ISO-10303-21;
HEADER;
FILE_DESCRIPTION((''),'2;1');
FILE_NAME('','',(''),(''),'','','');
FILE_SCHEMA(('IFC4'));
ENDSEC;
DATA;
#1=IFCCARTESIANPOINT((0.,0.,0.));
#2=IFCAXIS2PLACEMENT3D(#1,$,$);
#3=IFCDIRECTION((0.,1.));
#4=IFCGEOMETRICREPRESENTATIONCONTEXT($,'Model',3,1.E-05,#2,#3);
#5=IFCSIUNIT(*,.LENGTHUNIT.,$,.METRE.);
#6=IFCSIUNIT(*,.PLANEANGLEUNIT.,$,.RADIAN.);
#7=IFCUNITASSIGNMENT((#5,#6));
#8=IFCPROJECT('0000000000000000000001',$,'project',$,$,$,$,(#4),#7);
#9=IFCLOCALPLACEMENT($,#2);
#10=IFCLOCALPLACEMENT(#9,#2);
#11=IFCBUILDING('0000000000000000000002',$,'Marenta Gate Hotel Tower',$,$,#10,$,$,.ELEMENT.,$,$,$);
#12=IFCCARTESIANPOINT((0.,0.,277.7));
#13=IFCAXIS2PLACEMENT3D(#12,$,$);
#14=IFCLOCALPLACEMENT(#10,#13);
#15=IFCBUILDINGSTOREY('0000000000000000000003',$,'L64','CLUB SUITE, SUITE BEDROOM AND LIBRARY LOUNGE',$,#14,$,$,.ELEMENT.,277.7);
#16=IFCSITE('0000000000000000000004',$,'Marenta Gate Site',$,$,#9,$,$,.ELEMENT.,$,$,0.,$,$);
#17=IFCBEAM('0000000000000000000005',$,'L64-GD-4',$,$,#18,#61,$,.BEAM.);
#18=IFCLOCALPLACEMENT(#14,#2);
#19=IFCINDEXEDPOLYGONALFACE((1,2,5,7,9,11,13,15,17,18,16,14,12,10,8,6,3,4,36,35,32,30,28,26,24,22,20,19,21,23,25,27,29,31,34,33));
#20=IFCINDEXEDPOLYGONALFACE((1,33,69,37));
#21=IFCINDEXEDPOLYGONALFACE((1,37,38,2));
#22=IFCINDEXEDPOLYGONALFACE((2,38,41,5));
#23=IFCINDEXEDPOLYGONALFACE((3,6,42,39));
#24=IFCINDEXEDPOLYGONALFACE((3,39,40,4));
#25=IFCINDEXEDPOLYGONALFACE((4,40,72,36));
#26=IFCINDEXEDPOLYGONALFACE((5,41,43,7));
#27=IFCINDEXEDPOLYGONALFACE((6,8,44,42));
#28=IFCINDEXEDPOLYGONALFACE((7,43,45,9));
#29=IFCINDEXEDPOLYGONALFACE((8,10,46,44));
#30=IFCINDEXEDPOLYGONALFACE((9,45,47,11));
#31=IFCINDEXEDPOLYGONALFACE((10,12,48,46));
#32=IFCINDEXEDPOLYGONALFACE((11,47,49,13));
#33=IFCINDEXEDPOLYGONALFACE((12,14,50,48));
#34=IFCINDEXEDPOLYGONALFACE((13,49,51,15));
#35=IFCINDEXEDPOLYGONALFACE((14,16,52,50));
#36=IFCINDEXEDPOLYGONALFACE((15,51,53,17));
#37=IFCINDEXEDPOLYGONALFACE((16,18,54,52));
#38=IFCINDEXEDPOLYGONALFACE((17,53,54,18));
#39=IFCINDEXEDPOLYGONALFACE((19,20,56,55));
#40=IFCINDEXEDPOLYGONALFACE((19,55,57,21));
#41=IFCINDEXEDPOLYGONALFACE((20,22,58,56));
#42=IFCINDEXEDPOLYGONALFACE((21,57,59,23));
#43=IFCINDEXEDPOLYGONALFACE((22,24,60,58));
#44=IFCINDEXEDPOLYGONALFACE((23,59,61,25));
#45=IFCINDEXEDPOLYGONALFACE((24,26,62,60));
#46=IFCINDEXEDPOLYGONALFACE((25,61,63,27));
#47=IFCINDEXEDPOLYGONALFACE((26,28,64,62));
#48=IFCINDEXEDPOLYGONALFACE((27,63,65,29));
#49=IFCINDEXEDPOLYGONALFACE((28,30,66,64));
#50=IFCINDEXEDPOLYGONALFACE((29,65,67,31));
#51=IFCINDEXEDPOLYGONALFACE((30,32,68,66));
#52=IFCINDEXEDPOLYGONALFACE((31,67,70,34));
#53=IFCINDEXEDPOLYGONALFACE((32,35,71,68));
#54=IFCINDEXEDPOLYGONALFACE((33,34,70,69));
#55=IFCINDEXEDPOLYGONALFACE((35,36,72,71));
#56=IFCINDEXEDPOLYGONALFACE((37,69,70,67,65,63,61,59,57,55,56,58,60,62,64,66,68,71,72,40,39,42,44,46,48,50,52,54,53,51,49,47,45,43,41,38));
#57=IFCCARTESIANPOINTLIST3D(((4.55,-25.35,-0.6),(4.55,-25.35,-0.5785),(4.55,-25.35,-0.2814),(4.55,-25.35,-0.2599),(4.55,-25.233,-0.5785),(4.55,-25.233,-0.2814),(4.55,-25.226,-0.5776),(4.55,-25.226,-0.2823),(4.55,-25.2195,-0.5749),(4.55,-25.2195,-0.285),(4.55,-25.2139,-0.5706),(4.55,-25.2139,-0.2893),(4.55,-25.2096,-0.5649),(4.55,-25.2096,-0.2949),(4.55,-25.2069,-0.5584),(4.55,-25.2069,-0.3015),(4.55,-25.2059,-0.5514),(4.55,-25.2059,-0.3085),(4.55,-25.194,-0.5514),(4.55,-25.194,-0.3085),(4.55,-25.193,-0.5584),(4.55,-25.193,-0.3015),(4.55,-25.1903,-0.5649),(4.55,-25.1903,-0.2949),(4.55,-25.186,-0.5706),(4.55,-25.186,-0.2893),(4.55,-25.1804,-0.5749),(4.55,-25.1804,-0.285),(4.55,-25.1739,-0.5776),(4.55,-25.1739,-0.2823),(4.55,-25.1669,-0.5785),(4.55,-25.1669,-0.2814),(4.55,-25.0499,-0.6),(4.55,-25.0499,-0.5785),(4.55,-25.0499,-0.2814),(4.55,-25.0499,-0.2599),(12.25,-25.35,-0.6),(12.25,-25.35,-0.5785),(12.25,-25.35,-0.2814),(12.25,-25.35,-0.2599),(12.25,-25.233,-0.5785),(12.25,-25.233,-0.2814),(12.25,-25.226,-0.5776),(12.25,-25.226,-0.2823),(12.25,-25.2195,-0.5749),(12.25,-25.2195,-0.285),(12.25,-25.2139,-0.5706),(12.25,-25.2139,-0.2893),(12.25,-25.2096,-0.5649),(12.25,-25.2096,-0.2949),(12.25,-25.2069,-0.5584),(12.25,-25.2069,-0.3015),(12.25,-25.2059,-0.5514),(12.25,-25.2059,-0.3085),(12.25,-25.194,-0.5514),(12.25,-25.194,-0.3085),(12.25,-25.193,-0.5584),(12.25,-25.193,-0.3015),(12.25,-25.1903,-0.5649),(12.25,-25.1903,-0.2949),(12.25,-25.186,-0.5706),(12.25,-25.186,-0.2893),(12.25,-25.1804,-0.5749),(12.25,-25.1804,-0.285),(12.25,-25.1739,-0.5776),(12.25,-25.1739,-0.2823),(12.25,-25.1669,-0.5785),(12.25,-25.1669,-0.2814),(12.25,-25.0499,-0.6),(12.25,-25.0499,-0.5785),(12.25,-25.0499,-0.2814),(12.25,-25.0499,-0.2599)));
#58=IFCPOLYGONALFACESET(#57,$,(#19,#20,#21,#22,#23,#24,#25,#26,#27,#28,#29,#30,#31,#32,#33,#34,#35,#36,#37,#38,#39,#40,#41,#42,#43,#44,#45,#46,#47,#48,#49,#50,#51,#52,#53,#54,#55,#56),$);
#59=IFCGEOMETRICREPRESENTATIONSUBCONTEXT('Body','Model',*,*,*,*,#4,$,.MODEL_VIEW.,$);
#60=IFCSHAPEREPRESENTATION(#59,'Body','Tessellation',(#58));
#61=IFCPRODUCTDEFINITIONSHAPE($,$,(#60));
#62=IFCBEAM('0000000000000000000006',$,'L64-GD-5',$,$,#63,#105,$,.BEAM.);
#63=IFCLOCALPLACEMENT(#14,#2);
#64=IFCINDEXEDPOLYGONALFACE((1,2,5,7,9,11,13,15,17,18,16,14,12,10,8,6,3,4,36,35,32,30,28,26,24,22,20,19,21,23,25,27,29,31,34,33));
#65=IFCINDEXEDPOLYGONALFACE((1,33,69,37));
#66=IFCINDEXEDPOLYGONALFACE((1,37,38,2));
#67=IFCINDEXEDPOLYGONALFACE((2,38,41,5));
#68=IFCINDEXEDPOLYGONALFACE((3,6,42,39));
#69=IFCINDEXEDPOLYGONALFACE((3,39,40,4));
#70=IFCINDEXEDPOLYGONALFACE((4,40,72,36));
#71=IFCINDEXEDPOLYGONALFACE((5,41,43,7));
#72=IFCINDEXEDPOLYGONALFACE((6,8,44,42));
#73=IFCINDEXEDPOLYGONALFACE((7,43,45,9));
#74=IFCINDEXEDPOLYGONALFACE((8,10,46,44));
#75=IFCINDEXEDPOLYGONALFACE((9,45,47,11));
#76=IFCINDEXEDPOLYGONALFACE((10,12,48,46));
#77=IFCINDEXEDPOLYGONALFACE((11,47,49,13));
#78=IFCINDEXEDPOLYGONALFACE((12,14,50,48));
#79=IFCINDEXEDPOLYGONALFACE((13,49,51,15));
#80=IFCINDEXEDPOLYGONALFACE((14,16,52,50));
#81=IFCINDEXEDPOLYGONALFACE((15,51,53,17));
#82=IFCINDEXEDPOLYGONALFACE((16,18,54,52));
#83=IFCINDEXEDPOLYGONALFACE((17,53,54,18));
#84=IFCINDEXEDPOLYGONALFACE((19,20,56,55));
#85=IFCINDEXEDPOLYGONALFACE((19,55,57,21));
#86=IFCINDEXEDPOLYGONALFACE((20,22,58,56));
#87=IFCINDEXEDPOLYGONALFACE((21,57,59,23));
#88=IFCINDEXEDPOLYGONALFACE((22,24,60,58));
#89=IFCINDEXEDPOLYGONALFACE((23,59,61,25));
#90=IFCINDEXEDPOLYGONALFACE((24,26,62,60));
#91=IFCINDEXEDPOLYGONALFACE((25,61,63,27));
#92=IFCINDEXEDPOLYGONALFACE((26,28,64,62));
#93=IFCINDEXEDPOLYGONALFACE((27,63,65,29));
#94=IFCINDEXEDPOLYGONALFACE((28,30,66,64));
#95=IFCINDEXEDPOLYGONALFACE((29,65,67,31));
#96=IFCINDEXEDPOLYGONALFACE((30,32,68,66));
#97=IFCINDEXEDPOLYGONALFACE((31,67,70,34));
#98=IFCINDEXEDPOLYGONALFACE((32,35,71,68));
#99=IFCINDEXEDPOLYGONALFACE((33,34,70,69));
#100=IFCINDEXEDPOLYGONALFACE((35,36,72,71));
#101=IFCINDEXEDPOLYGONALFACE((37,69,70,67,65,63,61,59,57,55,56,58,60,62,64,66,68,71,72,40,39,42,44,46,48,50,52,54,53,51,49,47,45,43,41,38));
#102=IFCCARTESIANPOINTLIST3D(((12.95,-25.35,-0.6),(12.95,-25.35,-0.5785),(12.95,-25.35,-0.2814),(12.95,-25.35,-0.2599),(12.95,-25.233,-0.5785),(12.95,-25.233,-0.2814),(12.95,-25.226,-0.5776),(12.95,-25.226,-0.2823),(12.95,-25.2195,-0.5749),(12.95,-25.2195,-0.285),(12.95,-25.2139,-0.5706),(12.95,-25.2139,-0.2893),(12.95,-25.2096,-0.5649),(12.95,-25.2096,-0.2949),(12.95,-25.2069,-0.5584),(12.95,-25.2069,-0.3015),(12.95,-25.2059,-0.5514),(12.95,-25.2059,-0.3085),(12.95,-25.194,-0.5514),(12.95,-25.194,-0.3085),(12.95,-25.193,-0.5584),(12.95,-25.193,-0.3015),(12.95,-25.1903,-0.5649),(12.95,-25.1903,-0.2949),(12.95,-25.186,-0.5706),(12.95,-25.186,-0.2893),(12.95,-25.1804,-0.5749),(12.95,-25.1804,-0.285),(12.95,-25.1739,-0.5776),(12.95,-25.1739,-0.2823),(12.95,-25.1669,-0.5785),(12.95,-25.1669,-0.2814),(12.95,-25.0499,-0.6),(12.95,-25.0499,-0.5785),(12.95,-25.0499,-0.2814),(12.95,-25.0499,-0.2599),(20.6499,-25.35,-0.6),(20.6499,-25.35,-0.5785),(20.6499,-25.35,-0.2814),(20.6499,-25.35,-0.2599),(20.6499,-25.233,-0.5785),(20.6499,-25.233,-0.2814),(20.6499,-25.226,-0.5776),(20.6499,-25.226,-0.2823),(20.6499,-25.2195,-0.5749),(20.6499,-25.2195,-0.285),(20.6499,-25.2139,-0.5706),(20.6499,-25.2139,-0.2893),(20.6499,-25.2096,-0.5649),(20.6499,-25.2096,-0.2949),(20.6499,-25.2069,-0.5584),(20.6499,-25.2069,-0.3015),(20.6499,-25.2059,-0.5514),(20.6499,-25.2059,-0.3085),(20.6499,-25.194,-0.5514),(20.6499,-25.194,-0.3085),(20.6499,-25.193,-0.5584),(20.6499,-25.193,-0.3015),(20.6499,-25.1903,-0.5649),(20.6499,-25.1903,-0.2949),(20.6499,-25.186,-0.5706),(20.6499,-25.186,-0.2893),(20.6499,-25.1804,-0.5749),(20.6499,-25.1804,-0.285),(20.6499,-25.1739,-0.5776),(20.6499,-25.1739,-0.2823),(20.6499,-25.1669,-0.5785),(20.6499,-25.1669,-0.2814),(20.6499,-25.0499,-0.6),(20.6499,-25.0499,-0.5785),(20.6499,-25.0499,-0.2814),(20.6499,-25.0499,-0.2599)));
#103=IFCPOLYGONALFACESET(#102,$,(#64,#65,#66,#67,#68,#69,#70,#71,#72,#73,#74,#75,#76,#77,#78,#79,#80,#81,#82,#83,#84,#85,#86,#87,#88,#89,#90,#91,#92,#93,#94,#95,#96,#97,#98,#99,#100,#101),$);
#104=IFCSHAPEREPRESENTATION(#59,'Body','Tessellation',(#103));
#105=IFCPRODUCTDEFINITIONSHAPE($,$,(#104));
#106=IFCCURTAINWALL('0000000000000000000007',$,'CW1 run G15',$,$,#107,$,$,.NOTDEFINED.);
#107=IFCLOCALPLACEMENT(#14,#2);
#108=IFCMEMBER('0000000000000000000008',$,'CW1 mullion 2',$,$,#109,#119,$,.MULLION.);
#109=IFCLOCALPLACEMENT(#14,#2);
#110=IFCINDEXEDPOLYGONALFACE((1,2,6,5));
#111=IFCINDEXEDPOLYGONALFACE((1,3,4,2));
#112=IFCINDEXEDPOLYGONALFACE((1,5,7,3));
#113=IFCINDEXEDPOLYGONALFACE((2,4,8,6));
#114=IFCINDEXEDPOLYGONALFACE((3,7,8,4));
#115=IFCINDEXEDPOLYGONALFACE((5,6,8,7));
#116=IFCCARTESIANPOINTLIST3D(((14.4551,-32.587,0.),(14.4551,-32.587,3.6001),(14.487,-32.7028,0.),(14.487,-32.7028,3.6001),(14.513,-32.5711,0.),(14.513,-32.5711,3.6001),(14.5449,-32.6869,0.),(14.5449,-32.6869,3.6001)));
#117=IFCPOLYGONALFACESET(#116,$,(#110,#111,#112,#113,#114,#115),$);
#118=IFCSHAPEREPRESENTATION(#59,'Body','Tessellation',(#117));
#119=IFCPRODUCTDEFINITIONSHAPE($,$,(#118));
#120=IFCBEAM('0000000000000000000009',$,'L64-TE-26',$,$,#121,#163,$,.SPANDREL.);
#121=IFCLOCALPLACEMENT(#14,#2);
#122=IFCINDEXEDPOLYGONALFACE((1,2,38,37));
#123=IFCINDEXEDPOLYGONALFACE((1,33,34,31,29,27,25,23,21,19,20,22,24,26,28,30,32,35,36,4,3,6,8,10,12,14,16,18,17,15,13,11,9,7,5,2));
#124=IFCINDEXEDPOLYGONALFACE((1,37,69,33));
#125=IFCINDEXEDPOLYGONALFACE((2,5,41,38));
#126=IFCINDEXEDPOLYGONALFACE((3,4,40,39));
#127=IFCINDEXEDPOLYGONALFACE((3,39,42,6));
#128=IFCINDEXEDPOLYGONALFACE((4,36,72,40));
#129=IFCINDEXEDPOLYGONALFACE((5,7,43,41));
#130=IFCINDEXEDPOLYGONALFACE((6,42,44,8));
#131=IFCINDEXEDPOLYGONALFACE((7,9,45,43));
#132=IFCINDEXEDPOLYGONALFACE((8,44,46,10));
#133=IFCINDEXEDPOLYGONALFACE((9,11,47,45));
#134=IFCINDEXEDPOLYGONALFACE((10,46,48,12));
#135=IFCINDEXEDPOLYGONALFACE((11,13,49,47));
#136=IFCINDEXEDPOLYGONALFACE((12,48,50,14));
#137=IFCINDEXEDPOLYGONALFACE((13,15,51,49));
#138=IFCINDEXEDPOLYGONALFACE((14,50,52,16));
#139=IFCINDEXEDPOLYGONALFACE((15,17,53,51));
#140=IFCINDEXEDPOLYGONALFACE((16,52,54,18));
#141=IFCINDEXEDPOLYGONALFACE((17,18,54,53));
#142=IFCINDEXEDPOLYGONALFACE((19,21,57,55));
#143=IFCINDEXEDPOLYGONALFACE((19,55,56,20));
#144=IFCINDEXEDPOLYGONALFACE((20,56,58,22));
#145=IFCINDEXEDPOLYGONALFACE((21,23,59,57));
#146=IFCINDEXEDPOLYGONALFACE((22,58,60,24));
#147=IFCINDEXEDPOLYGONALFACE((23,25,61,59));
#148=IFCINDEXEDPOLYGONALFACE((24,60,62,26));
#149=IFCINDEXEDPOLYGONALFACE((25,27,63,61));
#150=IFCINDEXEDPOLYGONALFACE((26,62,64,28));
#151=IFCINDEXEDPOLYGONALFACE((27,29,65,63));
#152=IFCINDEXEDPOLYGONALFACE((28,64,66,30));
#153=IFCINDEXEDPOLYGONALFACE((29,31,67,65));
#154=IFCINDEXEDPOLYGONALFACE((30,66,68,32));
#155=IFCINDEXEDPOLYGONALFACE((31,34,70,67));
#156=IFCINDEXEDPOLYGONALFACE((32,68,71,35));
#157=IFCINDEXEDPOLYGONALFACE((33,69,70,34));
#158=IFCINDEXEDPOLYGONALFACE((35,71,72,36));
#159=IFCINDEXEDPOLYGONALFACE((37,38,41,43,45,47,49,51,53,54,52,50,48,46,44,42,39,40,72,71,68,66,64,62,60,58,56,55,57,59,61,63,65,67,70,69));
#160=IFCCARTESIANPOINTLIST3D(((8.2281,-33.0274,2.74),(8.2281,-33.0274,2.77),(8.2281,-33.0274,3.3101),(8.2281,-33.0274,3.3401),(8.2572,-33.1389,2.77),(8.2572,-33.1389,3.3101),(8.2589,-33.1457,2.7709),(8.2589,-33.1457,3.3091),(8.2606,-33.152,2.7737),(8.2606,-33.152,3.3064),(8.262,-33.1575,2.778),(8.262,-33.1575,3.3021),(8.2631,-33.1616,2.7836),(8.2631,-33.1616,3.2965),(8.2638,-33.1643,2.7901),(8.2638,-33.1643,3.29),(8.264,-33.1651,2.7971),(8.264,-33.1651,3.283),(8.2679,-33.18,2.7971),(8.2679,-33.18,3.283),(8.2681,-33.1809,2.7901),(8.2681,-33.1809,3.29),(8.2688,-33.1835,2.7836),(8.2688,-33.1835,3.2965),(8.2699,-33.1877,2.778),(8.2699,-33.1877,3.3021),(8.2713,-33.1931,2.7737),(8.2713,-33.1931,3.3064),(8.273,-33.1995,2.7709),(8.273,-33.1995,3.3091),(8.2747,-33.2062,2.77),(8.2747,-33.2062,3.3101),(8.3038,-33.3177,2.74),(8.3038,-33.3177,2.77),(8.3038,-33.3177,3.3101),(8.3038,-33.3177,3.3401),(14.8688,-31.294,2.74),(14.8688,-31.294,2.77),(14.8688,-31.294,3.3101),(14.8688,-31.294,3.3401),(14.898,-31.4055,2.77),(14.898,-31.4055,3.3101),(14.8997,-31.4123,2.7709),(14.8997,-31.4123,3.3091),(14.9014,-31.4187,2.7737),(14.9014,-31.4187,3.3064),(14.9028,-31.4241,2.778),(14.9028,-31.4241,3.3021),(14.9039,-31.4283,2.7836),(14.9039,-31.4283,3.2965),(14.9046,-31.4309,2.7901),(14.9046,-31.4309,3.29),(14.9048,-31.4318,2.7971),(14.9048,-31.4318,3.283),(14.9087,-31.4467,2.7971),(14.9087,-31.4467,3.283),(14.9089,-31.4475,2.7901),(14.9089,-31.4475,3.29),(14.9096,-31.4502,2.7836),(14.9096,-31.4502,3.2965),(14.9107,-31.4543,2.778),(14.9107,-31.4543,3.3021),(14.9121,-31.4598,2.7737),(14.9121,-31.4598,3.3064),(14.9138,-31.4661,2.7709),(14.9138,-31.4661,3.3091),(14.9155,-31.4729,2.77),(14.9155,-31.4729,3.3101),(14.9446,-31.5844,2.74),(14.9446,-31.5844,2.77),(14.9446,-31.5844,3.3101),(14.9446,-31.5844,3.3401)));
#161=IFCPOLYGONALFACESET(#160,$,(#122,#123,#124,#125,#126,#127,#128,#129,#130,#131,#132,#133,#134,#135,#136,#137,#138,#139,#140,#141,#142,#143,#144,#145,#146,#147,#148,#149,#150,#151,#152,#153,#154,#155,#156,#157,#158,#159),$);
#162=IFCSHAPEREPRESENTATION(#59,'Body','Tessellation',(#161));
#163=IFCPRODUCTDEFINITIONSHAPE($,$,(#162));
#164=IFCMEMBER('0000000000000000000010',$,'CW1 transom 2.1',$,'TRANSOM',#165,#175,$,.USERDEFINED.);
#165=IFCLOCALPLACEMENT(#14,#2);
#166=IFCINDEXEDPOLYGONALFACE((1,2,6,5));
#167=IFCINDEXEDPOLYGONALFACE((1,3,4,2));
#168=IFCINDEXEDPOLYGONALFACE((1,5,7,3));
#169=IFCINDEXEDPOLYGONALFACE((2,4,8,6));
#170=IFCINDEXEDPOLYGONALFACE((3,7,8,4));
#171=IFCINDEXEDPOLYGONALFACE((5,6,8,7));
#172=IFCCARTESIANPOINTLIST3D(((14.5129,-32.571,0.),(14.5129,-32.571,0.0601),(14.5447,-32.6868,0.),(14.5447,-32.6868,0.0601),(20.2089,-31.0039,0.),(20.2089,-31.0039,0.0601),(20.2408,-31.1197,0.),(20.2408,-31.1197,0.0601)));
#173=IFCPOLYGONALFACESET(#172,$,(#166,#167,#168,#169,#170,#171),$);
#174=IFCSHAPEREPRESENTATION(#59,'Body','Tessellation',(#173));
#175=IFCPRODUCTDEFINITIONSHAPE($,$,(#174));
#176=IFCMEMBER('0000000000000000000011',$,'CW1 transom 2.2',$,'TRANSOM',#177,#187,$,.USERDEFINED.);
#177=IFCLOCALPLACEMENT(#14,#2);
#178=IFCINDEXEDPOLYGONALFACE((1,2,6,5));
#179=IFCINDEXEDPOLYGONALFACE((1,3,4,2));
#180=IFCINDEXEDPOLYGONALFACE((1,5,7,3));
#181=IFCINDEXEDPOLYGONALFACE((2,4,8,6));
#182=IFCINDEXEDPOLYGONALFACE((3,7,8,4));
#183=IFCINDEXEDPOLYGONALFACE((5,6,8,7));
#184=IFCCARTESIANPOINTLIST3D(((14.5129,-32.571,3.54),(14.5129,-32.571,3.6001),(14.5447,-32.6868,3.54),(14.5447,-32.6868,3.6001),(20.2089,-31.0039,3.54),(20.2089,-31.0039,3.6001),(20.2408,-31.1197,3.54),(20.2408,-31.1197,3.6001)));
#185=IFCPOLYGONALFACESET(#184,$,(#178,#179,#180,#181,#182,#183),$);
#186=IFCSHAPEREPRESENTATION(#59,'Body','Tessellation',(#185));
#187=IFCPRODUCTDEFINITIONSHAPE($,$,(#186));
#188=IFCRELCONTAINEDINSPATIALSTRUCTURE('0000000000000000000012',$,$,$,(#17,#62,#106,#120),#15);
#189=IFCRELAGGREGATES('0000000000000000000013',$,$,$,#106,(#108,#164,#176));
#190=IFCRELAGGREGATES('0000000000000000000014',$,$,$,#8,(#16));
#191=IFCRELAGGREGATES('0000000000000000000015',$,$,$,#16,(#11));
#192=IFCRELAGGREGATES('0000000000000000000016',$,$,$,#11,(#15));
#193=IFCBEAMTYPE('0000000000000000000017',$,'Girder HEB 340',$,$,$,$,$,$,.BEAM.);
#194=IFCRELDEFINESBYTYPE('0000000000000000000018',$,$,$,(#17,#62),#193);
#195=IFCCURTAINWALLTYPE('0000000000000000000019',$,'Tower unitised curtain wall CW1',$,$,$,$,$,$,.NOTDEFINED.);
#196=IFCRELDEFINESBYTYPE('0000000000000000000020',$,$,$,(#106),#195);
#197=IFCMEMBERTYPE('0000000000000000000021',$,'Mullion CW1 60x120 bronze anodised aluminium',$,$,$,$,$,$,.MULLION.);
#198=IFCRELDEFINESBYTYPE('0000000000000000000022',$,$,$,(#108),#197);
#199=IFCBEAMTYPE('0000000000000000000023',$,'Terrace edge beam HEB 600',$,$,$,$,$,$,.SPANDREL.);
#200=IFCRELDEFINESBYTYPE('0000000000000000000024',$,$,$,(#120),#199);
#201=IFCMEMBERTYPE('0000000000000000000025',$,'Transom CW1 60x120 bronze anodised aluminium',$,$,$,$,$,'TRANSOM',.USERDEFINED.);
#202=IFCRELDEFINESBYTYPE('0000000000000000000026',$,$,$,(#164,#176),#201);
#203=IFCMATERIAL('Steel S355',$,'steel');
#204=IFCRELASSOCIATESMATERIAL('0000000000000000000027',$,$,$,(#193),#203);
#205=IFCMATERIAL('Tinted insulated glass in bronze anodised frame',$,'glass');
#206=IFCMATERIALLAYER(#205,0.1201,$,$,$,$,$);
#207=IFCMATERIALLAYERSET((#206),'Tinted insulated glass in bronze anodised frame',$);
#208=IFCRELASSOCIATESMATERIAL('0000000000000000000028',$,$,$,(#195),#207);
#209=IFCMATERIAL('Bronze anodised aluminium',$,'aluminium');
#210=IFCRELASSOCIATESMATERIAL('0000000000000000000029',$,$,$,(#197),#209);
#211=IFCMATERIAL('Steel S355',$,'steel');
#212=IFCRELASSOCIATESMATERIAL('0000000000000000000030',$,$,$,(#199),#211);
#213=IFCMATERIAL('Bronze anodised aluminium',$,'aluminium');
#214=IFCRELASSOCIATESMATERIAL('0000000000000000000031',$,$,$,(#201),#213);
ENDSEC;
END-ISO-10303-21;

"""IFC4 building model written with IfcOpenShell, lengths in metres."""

from ifc_helpers import new_model, si_unit, direction, frame, origin, origin_2d, place, context, subcontext, project, spatial, rectangle, i_section, extrude, material, layer, layer_set, material_profile, profile_set, type_object, element, aggregate, save


model = new_model("IFC4")

# Units and contexts
model_context = context("Model", 3, precision=1e-05, world=origin(), true_north=direction((0.0, 1.0)))
body_context = subcontext(model_context, "Body", "Model", "MODEL_VIEW")
ifc_project = project(units=[si_unit("LENGTHUNIT", "METRE"), si_unit("PLANEANGLEUNIT", "RADIAN")], contexts=[model_context])

# Site, building, storey
site_placement = place(None, origin())
site = spatial("IfcSite", under=ifc_project, at=site_placement, Name="Marenta Gate Site", CompositionType="ELEMENT", RefElevation=0.0)
building_placement = place(site_placement, origin())
building = spatial("IfcBuilding", under=site, at=building_placement, Name="Marenta Gate Hotel Tower", CompositionType="ELEMENT")
storey_placement = place(building_placement, frame((0.0, 0.0, 277.7)))
storey = spatial("IfcBuildingStorey", under=building, at=storey_placement, Name="L64", Description="CLUB SUITE, SUITE BEDROOM AND LIBRARY LOUNGE", CompositionType="ELEMENT", Elevation=277.7)

# Beams
ifc_material_1 = material(Name="Steel S355", Category="steel")
ifc_material_profile_1 = material_profile(ifc_material_1, i_section(OverallWidth=0.3, OverallDepth=0.3401, WebThickness=0.012, FlangeThickness=0.0215, FilletRadius=0.0271, at=origin_2d()), Name="HEB 340")
ifc_profile_set_1 = profile_set([ifc_material_profile_1], Name="Steel S355")
beam_type_1 = type_object("IfcBeamType", Name="Girder HEB 340", PredefinedType="BEAM", material=ifc_profile_set_1)
for number, where, z_axis, x_axis, name in (
    (1, (4.55, -25.2, -0.4299), (1.0, 0.0, 0.0), (0.0, 1.0, 0.0), "L64-GD-4"),
    (2, (12.95, -25.2, -0.4299), (1.0, 0.0, 0.0), (0.0, 1.0, 0.0), "L64-GD-5"),
):
    element("IfcBeam", number, at=place(storey_placement, frame(where, z_axis=z_axis, x_axis=x_axis)), inside=storey, type_object=beam_type_1, Name=name, PredefinedType="BEAM", context=body_context, shape_type="SweptSolid", body=[
        extrude(i_section(OverallWidth=0.3, OverallDepth=0.3401, WebThickness=0.012, FlangeThickness=0.0215, FilletRadius=0.0271, at=origin_2d()), origin(), (0.0, 0.0, 1.0), 7.7),
    ])

# Curtain wall, member
ifc_material_2 = material(Name="Tinted insulated glass in bronze anodised frame", Category="glass")
ifc_layer_1 = layer(ifc_material_2, 0.1201)
ifc_layer_set_1 = layer_set([ifc_layer_1], Name="Tinted insulated glass in bronze anodised frame")
curtain_wall_type = type_object("IfcCurtainWallType", Name="Tower unitised curtain wall CW1", PredefinedType="NOTDEFINED", material=ifc_layer_set_1)
curtain_wall_placement = place(storey_placement, origin())
curtain_wall = element("IfcCurtainWall", 3, at=curtain_wall_placement, inside=storey, type_object=curtain_wall_type, Name="CW1 run G15", PredefinedType="NOTDEFINED")
ifc_material_3 = material(Name="Bronze anodised aluminium", Category="aluminium")
ifc_material_profile_2 = material_profile(ifc_material_3, rectangle(XDim=0.1201, YDim=0.0601, at=origin_2d()), Name="Mullion CW1 60x120 bronze anodised aluminium")
ifc_profile_set_2 = profile_set([ifc_material_profile_2], Name="Bronze anodised aluminium")
member_type_1 = type_object("IfcMemberType", Name="Mullion CW1 60x120 bronze anodised aluminium", PredefinedType="MULLION", material=ifc_profile_set_2)
member_1_placement = place(storey_placement, frame((14.5, -32.637, 0.0), z_axis=(0.0, 0.0, 1.0), x_axis=(-0.265292, 0.964168, 0.0)))
member_1 = element("IfcMember", 4, at=member_1_placement, type_object=member_type_1, Name="CW1 mullion 2", PredefinedType="MULLION", context=body_context, shape_type="SweptSolid", body=[
    extrude(rectangle(XDim=0.1201, YDim=0.0601, at=origin_2d()), origin(), (0.0, 0.0, 1.0), 3.6001),
])

# Beam
ifc_material_4 = material(Name="Steel S355", Category="steel")
ifc_material_profile_3 = material_profile(ifc_material_4, i_section(OverallWidth=0.3, OverallDepth=0.6001, WebThickness=0.0154, FlangeThickness=0.03, FilletRadius=0.0271, at=origin_2d()), Name="HEB 600")
ifc_profile_set_3 = profile_set([ifc_material_profile_3], Name="Steel S355")
beam_type_2 = type_object("IfcBeamType", Name="Terrace edge beam HEB 600", PredefinedType="SPANDREL", material=ifc_profile_set_3)
beam_1_placement = place(storey_placement, frame((14.9067, -31.4392, 3.04), z_axis=(-0.967582, -0.252558, 0.0), x_axis=(0.252558, -0.967582, 0.0)))
element("IfcBeam", 5, at=beam_1_placement, inside=storey, type_object=beam_type_2, Name="L64-TE-26", PredefinedType="SPANDREL", context=body_context, shape_type="SweptSolid", body=[
    extrude(i_section(OverallWidth=0.3, OverallDepth=0.6001, WebThickness=0.0154, FlangeThickness=0.03, FilletRadius=0.0271, at=origin_2d()), origin(), (0.0, 0.0, 1.0), 6.8633),
])

# Members
ifc_material_5 = material(Name="Bronze anodised aluminium", Category="aluminium")
ifc_material_profile_4 = material_profile(ifc_material_5, rectangle(XDim=0.1201, YDim=0.0601, at=origin_2d()), Name="Transom CW1 60x120 bronze anodised aluminium")
ifc_profile_set_4 = profile_set([ifc_material_profile_4], Name="Bronze anodised aluminium")
member_type_2 = type_object("IfcMemberType", Name="Transom CW1 60x120 bronze anodised aluminium", ElementType="TRANSOM", PredefinedType="USERDEFINED", material=ifc_profile_set_4)
member_2_placement = place(storey_placement, frame((14.5288, -32.6289, 0.03), z_axis=(0.964174, 0.265271, 0.0), x_axis=(-0.265271, 0.964174, 0.0)))
member_2 = element("IfcMember", 6, at=member_2_placement, type_object=member_type_2, Name="CW1 transom 2.1", ObjectType="TRANSOM", PredefinedType="USERDEFINED", context=body_context, shape_type="SweptSolid", body=[
    extrude(rectangle(XDim=0.1201, YDim=0.0601, at=origin_2d()), origin(), (0.0, 0.0, 1.0), 5.9077),
])
member_3_placement = place(storey_placement, frame((14.5288, -32.6289, 3.5701), z_axis=(0.964174, 0.265271, 0.0), x_axis=(-0.265271, 0.964174, 0.0)))
member_3 = element("IfcMember", 7, at=member_3_placement, type_object=member_type_2, Name="CW1 transom 2.2", ObjectType="TRANSOM", PredefinedType="USERDEFINED", context=body_context, shape_type="SweptSolid", body=[
    extrude(rectangle(XDim=0.1201, YDim=0.0601, at=origin_2d()), origin(), (0.0, 0.0, 1.0), 5.9077),
])
aggregate(curtain_wall, [member_1, member_2, member_3])

save(model, "model.ifc")
